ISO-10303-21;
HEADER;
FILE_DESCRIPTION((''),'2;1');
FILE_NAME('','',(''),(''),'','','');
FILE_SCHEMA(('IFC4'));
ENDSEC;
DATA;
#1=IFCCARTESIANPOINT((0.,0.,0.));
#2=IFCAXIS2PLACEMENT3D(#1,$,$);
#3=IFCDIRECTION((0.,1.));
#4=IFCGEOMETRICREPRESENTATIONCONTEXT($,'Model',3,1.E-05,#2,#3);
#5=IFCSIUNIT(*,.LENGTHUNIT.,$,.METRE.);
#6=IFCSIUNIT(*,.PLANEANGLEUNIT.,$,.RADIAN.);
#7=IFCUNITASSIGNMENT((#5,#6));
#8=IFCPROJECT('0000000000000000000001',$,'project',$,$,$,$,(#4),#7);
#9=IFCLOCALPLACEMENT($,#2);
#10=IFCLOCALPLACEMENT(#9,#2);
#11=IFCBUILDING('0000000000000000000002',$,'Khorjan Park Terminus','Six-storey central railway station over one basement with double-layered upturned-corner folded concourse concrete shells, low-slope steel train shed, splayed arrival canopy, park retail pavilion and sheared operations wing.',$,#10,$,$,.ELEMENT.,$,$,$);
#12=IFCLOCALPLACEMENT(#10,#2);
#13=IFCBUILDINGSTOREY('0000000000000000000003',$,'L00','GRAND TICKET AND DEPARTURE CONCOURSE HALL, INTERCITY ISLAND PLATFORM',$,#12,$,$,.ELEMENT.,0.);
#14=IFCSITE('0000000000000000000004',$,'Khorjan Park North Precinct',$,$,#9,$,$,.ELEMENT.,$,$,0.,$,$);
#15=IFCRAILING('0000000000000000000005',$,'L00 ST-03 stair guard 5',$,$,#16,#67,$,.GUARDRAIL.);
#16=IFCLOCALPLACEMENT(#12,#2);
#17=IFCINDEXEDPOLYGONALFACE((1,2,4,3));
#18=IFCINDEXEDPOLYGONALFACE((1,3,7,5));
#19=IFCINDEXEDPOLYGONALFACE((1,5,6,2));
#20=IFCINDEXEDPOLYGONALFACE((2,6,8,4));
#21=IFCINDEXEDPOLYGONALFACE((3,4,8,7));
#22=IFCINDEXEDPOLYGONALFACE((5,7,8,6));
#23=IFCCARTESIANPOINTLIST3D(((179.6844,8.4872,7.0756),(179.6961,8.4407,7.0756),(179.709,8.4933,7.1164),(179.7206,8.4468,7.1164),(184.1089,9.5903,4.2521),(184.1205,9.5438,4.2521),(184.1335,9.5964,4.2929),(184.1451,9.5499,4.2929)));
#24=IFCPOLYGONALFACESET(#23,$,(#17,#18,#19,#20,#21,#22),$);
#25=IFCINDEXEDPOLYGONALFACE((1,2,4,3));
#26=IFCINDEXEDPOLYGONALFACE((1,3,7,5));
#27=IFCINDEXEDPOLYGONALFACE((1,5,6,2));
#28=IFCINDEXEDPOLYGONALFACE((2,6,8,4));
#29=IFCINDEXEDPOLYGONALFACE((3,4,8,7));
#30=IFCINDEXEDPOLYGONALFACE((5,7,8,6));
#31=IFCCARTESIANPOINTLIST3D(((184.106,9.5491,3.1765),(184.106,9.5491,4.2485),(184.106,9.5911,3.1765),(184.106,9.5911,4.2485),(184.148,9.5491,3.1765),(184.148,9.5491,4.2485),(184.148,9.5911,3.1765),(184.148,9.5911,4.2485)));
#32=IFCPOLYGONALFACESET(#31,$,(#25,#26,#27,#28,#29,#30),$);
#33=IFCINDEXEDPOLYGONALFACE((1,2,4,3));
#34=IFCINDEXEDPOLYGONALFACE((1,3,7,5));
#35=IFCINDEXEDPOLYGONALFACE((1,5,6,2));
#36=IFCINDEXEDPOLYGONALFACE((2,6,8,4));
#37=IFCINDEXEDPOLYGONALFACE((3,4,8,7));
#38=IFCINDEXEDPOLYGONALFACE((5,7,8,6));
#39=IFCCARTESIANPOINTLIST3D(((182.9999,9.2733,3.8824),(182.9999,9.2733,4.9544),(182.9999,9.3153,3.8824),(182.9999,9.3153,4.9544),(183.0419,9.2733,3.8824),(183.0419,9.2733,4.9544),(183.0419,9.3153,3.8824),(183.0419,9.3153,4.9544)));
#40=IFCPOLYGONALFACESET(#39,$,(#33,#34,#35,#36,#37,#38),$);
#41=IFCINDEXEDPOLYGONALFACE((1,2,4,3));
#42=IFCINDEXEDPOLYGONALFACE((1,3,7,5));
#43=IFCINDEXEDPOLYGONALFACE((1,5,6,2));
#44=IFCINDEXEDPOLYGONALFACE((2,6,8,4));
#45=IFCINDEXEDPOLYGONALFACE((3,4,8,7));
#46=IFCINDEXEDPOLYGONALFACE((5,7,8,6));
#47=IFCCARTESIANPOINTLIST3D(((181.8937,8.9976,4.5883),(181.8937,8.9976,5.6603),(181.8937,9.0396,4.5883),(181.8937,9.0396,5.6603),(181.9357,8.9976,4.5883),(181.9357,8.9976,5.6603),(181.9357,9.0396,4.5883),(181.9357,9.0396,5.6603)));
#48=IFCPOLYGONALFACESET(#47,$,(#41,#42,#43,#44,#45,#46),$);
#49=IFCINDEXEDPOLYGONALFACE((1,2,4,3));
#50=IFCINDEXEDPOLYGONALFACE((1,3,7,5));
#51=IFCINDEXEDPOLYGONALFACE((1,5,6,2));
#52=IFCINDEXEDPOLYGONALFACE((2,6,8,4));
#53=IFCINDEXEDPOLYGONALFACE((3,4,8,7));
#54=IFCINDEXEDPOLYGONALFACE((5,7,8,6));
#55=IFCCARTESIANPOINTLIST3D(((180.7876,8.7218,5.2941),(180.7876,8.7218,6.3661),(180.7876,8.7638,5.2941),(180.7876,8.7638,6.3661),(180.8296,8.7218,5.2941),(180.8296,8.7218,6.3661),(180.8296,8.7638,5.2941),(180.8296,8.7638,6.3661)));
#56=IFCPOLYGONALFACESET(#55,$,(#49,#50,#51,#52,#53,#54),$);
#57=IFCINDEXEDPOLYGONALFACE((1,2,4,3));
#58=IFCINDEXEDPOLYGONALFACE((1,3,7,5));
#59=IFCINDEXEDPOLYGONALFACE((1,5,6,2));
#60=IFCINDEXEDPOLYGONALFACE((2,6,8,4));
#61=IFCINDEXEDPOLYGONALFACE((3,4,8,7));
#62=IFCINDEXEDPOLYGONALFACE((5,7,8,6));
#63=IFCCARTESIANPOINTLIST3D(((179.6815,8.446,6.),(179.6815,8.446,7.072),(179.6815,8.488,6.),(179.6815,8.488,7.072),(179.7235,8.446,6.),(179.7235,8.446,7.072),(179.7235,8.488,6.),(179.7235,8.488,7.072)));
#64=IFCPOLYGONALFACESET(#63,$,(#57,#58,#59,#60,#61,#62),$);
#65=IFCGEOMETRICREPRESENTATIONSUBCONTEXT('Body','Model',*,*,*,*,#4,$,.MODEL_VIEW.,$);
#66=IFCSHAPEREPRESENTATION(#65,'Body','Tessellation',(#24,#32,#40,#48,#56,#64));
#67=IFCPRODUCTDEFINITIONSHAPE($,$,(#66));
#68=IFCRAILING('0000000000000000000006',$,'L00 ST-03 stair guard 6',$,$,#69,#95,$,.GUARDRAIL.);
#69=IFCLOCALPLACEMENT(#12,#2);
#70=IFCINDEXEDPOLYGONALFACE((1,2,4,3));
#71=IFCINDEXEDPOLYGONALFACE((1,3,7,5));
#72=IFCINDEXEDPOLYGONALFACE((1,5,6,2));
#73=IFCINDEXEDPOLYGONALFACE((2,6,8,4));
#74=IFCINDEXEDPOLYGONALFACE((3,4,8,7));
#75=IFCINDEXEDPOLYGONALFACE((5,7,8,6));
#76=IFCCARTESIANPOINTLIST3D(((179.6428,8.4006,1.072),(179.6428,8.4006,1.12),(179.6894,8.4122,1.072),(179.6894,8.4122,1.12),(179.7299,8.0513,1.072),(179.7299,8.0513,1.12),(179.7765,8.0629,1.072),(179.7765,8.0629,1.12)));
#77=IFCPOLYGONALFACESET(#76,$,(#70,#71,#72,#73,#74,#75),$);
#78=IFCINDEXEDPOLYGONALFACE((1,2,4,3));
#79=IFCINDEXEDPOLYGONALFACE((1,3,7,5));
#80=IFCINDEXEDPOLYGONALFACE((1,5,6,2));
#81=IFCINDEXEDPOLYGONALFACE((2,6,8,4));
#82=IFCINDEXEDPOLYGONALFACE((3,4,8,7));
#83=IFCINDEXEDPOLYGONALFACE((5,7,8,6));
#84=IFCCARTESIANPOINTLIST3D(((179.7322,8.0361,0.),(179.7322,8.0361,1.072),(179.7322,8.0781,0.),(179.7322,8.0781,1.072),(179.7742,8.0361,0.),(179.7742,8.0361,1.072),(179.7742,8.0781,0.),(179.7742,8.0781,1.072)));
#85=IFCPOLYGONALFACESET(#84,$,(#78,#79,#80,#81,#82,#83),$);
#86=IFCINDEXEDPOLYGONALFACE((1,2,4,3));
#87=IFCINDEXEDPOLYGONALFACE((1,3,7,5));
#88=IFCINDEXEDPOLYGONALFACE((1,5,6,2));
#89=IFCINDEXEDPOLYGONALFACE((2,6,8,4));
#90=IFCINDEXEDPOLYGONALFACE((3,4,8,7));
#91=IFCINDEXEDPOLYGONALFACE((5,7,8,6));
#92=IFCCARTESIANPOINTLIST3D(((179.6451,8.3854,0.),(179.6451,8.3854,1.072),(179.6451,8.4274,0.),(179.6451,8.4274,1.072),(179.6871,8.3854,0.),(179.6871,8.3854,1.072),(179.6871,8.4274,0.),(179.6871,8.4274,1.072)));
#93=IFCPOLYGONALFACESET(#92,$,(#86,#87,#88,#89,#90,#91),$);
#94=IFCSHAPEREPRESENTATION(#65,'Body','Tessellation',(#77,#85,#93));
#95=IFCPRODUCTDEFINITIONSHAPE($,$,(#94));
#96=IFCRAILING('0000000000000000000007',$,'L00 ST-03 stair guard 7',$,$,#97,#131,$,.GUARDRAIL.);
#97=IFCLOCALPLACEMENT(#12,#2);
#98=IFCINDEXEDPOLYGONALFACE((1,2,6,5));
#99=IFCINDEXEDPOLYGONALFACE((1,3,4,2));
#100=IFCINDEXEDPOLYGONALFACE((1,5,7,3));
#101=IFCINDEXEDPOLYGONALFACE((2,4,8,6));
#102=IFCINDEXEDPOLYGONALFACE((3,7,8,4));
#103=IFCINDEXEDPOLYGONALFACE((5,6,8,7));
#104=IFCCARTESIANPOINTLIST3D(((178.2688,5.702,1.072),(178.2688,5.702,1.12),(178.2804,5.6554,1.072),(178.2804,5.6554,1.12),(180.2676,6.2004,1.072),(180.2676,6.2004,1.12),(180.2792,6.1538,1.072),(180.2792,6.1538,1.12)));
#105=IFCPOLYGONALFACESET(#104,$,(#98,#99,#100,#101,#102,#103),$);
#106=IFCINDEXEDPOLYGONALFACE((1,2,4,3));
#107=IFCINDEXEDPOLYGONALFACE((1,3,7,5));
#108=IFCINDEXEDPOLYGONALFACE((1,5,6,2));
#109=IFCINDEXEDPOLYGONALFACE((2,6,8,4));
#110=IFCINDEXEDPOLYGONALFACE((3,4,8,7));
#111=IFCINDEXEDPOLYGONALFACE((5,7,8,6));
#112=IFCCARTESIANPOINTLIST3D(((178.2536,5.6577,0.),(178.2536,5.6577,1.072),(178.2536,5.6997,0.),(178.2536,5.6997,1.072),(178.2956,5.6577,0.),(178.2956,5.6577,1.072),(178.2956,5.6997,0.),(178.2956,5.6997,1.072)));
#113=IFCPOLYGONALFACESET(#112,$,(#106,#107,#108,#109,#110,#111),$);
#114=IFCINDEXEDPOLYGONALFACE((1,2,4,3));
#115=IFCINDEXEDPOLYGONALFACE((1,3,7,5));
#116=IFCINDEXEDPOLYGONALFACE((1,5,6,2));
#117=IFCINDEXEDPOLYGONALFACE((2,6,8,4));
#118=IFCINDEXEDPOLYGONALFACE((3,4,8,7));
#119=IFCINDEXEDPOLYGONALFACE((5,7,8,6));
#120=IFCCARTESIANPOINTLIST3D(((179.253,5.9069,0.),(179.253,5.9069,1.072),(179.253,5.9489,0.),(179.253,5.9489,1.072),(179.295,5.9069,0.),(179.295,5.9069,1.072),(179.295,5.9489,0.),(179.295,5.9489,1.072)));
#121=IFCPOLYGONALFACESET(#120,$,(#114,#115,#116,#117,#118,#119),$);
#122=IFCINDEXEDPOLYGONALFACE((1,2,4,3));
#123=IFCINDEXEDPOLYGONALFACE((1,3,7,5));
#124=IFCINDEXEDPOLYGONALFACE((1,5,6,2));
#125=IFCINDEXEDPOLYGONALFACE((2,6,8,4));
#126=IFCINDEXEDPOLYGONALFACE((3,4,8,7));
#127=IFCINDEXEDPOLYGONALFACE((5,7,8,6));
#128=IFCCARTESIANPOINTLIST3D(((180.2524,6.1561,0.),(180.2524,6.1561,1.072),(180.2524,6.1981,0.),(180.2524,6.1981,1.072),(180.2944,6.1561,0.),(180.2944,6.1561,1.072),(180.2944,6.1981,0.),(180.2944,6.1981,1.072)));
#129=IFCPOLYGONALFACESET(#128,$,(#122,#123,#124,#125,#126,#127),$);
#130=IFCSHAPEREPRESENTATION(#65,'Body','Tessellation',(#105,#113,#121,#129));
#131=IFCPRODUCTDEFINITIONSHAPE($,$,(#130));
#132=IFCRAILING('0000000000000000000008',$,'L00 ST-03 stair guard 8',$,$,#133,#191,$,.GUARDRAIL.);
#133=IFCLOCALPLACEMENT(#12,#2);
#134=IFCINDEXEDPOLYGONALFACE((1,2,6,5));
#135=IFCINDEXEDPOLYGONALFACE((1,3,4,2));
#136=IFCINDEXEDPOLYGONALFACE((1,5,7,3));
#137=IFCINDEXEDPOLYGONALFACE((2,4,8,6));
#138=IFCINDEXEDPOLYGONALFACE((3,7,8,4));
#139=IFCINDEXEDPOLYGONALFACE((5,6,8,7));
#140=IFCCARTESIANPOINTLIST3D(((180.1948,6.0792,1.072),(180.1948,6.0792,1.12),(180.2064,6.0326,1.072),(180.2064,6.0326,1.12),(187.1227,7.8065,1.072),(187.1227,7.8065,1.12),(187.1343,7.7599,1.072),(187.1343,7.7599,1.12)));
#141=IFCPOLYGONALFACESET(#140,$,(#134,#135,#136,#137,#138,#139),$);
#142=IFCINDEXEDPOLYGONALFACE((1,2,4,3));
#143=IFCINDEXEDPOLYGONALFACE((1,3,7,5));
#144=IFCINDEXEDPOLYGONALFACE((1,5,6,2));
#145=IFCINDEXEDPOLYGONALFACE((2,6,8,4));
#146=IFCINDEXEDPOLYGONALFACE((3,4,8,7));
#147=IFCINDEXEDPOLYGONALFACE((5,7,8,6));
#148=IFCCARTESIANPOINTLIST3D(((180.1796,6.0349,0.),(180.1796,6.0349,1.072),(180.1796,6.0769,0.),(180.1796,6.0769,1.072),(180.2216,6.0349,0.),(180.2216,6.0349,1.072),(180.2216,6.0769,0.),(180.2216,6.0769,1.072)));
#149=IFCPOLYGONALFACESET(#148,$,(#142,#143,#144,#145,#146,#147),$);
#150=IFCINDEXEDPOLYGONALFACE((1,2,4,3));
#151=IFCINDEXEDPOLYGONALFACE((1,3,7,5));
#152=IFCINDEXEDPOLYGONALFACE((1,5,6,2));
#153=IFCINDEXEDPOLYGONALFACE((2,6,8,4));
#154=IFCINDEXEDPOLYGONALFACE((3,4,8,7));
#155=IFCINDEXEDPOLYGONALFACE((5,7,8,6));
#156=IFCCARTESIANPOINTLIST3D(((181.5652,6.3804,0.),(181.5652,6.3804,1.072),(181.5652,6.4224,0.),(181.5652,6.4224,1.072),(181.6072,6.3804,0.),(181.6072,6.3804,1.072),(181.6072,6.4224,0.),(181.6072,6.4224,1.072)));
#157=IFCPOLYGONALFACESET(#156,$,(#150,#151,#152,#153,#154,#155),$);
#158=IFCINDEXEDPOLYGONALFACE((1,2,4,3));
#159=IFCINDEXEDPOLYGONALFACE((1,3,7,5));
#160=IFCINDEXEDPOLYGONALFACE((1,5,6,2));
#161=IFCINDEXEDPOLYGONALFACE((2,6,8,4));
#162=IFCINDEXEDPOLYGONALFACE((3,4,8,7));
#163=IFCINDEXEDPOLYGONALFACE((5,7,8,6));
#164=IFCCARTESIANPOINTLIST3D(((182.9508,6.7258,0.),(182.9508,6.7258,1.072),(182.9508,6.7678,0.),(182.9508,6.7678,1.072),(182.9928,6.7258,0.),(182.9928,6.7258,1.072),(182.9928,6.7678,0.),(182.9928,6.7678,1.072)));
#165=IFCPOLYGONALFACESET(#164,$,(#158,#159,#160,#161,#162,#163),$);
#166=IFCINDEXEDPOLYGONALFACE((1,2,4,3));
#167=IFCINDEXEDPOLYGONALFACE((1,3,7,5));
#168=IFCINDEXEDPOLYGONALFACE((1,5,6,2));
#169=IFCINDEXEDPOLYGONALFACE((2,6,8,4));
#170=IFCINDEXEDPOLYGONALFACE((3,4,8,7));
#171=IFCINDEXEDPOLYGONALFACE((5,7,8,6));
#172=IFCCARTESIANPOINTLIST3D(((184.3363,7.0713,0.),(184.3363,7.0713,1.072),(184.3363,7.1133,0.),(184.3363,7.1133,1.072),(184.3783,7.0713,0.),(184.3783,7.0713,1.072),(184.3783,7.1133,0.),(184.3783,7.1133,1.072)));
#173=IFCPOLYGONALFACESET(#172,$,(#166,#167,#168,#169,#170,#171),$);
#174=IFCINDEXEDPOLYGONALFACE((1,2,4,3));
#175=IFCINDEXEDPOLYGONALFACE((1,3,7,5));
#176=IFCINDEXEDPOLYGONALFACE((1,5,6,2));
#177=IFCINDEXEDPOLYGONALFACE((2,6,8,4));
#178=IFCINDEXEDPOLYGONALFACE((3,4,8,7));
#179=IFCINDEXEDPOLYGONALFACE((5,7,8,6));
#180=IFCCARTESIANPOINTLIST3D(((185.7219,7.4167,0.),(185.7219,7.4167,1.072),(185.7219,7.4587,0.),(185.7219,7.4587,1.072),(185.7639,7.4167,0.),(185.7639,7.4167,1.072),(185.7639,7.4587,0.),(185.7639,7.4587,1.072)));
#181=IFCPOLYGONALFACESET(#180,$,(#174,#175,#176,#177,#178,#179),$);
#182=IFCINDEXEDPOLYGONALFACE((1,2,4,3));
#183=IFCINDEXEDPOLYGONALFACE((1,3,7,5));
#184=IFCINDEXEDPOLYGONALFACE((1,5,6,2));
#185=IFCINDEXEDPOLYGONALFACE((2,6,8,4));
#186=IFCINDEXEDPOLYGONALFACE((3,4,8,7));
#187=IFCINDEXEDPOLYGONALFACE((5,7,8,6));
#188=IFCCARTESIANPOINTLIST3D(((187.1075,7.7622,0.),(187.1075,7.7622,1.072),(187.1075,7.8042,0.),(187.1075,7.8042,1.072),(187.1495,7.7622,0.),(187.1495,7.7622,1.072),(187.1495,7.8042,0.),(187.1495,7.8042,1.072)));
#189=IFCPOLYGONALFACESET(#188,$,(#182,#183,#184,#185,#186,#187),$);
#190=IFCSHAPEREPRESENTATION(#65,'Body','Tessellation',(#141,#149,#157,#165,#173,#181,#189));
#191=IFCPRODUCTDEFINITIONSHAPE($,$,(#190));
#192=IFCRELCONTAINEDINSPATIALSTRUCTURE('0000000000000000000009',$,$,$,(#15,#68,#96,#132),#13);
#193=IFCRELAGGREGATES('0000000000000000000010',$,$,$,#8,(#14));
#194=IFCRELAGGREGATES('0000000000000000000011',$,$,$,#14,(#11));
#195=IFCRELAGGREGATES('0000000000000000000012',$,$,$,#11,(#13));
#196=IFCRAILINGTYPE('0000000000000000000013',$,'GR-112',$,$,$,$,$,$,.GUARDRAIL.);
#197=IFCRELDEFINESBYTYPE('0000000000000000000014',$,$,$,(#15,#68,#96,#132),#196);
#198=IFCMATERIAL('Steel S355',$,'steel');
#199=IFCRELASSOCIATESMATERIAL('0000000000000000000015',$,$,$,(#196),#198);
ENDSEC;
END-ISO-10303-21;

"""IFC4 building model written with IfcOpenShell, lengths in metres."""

from ifc_helpers import new_model, si_unit, direction, frame, origin, origin_2d, place, context, subcontext, project, spatial, rectangle, extrude, material, type_object, element, save


model = new_model("IFC4")

# Units and contexts
model_context = context("Model", 3, precision=1e-05, world=origin(), true_north=direction((0.0, 1.0)))
body_context = subcontext(model_context, "Body", "Model", "MODEL_VIEW")
ifc_project = project(units=[si_unit("LENGTHUNIT", "METRE"), si_unit("PLANEANGLEUNIT", "RADIAN")], contexts=[model_context])

# Site, building, storey
site_placement = place(None, origin())
site = spatial("IfcSite", under=ifc_project, at=site_placement, Name="Khorjan Park North Precinct", CompositionType="ELEMENT", RefElevation=0.0)
building_placement = place(site_placement, origin())
building = spatial("IfcBuilding", under=site, at=building_placement, Name="Khorjan Park Terminus", Description="Six-storey central railway station over one basement with double-layered upturned-corner folded concourse concrete shells, low-slope steel train shed, splayed arrival canopy, park retail pavilion and sheared operations wing.", CompositionType="ELEMENT")
storey_placement = place(building_placement, origin())
storey = spatial("IfcBuildingStorey", under=building, at=storey_placement, Name="L00", Description="GRAND TICKET AND DEPARTURE CONCOURSE HALL, INTERCITY ISLAND PLATFORM", CompositionType="ELEMENT", Elevation=0.0)

# Shared definitions
ifc_material_1 = material(Name="Steel S355", Category="steel")

# Railings
railing_type_1 = type_object("IfcRailingType", Name="GR-112", PredefinedType="GUARDRAIL", material=ifc_material_1)
railing_1_placement = place(storey_placement, frame((184.127, 9.5701, 3.1765)))
element("IfcRailing", 1, at=railing_1_placement, inside=storey, type_object=railing_type_1, Name="L00 ST-03 stair guard 5", PredefinedType="GUARDRAIL", context=body_context, shape_type="SweptSolid", body=[
    extrude(rectangle(XDim=0.048, YDim=0.048, at=origin_2d()), frame((0.0, 0.0, 1.096), z_axis=(-0.824956, -0.205675, 0.526446), x_axis=(0.241911, -0.970298, 0.0)), (0.0, 0.0, 1.0), 5.3633),
    extrude(rectangle(XDim=0.042, YDim=0.042, at=origin_2d()), origin(), (0.0, 0.0, 1.0), 1.072),
    extrude(rectangle(XDim=0.042, YDim=0.042, at=origin_2d()), frame((-1.1061, -0.2758, 0.7059)), (0.0, 0.0, 1.0), 1.072),
    extrude(rectangle(XDim=0.042, YDim=0.042, at=origin_2d()), frame((-2.2123, -0.5515, 1.4118)), (0.0, 0.0, 1.0), 1.072),
    extrude(rectangle(XDim=0.042, YDim=0.042, at=origin_2d()), frame((-3.3184, -0.8273, 2.1176)), (0.0, 0.0, 1.0), 1.072),
    extrude(rectangle(XDim=0.042, YDim=0.042, at=origin_2d()), frame((-4.4245, -1.1031, 2.8235)), (0.0, 0.0, 1.0), 1.072),
])
railing_2_placement = place(storey_placement, frame((179.7532, 8.0571, 0.0)))
element("IfcRailing", 2, at=railing_2_placement, inside=storey, type_object=railing_type_1, Name="L00 ST-03 stair guard 6", PredefinedType="GUARDRAIL", context=body_context, shape_type="SweptSolid", body=[
    extrude(rectangle(XDim=0.048, YDim=0.048, at=origin_2d()), frame((0.0, 0.0, 1.096), z_axis=(-0.241947, 0.970289, 0.0), x_axis=(-0.970289, -0.241947, 0.0)), (0.0, 0.0, 1.0), 0.36),
    extrude(rectangle(XDim=0.042, YDim=0.042, at=origin_2d()), origin(), (0.0, 0.0, 1.0), 1.072),
    extrude(rectangle(XDim=0.042, YDim=0.042, at=origin_2d()), frame((-0.0871, 0.3493, 0.0)), (0.0, 0.0, 1.0), 1.072),
])
railing_3_placement = place(storey_placement, frame((178.2746, 5.6787, 0.0)))
element("IfcRailing", 3, at=railing_3_placement, inside=storey, type_object=railing_type_1, Name="L00 ST-03 stair guard 7", PredefinedType="GUARDRAIL", context=body_context, shape_type="SweptSolid", body=[
    extrude(rectangle(XDim=0.048, YDim=0.048, at=origin_2d()), frame((0.0, 0.0, 1.096), z_axis=(0.970291, 0.241942, 0.0), x_axis=(-0.241942, 0.970291, 0.0)), (0.0, 0.0, 1.0), 2.06),
    extrude(rectangle(XDim=0.042, YDim=0.042, at=origin_2d()), origin(), (0.0, 0.0, 1.0), 1.072),
    extrude(rectangle(XDim=0.042, YDim=0.042, at=origin_2d()), frame((0.9994, 0.2492, 0.0)), (0.0, 0.0, 1.0), 1.072),
    extrude(rectangle(XDim=0.042, YDim=0.042, at=origin_2d()), frame((1.9988, 0.4984, 0.0)), (0.0, 0.0, 1.0), 1.072),
])
railing_4_placement = place(storey_placement, frame((180.2006, 6.0559, 0.0)))
element("IfcRailing", 4, at=railing_4_placement, inside=storey, type_object=railing_type_1, Name="L00 ST-03 stair guard 8", PredefinedType="GUARDRAIL", context=body_context, shape_type="SweptSolid", body=[
    extrude(rectangle(XDim=0.048, YDim=0.048, at=origin_2d()), frame((0.0, 0.0, 1.096), z_axis=(0.970296, 0.241919, 0.0), x_axis=(-0.241919, 0.970296, 0.0)), (0.0, 0.0, 1.0), 7.14),
    extrude(rectangle(XDim=0.042, YDim=0.042, at=origin_2d()), origin(), (0.0, 0.0, 1.0), 1.072),
    extrude(rectangle(XDim=0.042, YDim=0.042, at=origin_2d()), frame((1.3856, 0.3455, 0.0)), (0.0, 0.0, 1.0), 1.072),
    extrude(rectangle(XDim=0.042, YDim=0.042, at=origin_2d()), frame((2.7712, 0.6909, 0.0)), (0.0, 0.0, 1.0), 1.072),
    extrude(rectangle(XDim=0.042, YDim=0.042, at=origin_2d()), frame((4.1567, 1.0364, 0.0)), (0.0, 0.0, 1.0), 1.072),
    extrude(rectangle(XDim=0.042, YDim=0.042, at=origin_2d()), frame((5.5423, 1.3818, 0.0)), (0.0, 0.0, 1.0), 1.072),
    extrude(rectangle(XDim=0.042, YDim=0.042, at=origin_2d()), frame((6.9279, 1.7273, 0.0)), (0.0, 0.0, 1.0), 1.072),
])

save(model, "model.ifc")
